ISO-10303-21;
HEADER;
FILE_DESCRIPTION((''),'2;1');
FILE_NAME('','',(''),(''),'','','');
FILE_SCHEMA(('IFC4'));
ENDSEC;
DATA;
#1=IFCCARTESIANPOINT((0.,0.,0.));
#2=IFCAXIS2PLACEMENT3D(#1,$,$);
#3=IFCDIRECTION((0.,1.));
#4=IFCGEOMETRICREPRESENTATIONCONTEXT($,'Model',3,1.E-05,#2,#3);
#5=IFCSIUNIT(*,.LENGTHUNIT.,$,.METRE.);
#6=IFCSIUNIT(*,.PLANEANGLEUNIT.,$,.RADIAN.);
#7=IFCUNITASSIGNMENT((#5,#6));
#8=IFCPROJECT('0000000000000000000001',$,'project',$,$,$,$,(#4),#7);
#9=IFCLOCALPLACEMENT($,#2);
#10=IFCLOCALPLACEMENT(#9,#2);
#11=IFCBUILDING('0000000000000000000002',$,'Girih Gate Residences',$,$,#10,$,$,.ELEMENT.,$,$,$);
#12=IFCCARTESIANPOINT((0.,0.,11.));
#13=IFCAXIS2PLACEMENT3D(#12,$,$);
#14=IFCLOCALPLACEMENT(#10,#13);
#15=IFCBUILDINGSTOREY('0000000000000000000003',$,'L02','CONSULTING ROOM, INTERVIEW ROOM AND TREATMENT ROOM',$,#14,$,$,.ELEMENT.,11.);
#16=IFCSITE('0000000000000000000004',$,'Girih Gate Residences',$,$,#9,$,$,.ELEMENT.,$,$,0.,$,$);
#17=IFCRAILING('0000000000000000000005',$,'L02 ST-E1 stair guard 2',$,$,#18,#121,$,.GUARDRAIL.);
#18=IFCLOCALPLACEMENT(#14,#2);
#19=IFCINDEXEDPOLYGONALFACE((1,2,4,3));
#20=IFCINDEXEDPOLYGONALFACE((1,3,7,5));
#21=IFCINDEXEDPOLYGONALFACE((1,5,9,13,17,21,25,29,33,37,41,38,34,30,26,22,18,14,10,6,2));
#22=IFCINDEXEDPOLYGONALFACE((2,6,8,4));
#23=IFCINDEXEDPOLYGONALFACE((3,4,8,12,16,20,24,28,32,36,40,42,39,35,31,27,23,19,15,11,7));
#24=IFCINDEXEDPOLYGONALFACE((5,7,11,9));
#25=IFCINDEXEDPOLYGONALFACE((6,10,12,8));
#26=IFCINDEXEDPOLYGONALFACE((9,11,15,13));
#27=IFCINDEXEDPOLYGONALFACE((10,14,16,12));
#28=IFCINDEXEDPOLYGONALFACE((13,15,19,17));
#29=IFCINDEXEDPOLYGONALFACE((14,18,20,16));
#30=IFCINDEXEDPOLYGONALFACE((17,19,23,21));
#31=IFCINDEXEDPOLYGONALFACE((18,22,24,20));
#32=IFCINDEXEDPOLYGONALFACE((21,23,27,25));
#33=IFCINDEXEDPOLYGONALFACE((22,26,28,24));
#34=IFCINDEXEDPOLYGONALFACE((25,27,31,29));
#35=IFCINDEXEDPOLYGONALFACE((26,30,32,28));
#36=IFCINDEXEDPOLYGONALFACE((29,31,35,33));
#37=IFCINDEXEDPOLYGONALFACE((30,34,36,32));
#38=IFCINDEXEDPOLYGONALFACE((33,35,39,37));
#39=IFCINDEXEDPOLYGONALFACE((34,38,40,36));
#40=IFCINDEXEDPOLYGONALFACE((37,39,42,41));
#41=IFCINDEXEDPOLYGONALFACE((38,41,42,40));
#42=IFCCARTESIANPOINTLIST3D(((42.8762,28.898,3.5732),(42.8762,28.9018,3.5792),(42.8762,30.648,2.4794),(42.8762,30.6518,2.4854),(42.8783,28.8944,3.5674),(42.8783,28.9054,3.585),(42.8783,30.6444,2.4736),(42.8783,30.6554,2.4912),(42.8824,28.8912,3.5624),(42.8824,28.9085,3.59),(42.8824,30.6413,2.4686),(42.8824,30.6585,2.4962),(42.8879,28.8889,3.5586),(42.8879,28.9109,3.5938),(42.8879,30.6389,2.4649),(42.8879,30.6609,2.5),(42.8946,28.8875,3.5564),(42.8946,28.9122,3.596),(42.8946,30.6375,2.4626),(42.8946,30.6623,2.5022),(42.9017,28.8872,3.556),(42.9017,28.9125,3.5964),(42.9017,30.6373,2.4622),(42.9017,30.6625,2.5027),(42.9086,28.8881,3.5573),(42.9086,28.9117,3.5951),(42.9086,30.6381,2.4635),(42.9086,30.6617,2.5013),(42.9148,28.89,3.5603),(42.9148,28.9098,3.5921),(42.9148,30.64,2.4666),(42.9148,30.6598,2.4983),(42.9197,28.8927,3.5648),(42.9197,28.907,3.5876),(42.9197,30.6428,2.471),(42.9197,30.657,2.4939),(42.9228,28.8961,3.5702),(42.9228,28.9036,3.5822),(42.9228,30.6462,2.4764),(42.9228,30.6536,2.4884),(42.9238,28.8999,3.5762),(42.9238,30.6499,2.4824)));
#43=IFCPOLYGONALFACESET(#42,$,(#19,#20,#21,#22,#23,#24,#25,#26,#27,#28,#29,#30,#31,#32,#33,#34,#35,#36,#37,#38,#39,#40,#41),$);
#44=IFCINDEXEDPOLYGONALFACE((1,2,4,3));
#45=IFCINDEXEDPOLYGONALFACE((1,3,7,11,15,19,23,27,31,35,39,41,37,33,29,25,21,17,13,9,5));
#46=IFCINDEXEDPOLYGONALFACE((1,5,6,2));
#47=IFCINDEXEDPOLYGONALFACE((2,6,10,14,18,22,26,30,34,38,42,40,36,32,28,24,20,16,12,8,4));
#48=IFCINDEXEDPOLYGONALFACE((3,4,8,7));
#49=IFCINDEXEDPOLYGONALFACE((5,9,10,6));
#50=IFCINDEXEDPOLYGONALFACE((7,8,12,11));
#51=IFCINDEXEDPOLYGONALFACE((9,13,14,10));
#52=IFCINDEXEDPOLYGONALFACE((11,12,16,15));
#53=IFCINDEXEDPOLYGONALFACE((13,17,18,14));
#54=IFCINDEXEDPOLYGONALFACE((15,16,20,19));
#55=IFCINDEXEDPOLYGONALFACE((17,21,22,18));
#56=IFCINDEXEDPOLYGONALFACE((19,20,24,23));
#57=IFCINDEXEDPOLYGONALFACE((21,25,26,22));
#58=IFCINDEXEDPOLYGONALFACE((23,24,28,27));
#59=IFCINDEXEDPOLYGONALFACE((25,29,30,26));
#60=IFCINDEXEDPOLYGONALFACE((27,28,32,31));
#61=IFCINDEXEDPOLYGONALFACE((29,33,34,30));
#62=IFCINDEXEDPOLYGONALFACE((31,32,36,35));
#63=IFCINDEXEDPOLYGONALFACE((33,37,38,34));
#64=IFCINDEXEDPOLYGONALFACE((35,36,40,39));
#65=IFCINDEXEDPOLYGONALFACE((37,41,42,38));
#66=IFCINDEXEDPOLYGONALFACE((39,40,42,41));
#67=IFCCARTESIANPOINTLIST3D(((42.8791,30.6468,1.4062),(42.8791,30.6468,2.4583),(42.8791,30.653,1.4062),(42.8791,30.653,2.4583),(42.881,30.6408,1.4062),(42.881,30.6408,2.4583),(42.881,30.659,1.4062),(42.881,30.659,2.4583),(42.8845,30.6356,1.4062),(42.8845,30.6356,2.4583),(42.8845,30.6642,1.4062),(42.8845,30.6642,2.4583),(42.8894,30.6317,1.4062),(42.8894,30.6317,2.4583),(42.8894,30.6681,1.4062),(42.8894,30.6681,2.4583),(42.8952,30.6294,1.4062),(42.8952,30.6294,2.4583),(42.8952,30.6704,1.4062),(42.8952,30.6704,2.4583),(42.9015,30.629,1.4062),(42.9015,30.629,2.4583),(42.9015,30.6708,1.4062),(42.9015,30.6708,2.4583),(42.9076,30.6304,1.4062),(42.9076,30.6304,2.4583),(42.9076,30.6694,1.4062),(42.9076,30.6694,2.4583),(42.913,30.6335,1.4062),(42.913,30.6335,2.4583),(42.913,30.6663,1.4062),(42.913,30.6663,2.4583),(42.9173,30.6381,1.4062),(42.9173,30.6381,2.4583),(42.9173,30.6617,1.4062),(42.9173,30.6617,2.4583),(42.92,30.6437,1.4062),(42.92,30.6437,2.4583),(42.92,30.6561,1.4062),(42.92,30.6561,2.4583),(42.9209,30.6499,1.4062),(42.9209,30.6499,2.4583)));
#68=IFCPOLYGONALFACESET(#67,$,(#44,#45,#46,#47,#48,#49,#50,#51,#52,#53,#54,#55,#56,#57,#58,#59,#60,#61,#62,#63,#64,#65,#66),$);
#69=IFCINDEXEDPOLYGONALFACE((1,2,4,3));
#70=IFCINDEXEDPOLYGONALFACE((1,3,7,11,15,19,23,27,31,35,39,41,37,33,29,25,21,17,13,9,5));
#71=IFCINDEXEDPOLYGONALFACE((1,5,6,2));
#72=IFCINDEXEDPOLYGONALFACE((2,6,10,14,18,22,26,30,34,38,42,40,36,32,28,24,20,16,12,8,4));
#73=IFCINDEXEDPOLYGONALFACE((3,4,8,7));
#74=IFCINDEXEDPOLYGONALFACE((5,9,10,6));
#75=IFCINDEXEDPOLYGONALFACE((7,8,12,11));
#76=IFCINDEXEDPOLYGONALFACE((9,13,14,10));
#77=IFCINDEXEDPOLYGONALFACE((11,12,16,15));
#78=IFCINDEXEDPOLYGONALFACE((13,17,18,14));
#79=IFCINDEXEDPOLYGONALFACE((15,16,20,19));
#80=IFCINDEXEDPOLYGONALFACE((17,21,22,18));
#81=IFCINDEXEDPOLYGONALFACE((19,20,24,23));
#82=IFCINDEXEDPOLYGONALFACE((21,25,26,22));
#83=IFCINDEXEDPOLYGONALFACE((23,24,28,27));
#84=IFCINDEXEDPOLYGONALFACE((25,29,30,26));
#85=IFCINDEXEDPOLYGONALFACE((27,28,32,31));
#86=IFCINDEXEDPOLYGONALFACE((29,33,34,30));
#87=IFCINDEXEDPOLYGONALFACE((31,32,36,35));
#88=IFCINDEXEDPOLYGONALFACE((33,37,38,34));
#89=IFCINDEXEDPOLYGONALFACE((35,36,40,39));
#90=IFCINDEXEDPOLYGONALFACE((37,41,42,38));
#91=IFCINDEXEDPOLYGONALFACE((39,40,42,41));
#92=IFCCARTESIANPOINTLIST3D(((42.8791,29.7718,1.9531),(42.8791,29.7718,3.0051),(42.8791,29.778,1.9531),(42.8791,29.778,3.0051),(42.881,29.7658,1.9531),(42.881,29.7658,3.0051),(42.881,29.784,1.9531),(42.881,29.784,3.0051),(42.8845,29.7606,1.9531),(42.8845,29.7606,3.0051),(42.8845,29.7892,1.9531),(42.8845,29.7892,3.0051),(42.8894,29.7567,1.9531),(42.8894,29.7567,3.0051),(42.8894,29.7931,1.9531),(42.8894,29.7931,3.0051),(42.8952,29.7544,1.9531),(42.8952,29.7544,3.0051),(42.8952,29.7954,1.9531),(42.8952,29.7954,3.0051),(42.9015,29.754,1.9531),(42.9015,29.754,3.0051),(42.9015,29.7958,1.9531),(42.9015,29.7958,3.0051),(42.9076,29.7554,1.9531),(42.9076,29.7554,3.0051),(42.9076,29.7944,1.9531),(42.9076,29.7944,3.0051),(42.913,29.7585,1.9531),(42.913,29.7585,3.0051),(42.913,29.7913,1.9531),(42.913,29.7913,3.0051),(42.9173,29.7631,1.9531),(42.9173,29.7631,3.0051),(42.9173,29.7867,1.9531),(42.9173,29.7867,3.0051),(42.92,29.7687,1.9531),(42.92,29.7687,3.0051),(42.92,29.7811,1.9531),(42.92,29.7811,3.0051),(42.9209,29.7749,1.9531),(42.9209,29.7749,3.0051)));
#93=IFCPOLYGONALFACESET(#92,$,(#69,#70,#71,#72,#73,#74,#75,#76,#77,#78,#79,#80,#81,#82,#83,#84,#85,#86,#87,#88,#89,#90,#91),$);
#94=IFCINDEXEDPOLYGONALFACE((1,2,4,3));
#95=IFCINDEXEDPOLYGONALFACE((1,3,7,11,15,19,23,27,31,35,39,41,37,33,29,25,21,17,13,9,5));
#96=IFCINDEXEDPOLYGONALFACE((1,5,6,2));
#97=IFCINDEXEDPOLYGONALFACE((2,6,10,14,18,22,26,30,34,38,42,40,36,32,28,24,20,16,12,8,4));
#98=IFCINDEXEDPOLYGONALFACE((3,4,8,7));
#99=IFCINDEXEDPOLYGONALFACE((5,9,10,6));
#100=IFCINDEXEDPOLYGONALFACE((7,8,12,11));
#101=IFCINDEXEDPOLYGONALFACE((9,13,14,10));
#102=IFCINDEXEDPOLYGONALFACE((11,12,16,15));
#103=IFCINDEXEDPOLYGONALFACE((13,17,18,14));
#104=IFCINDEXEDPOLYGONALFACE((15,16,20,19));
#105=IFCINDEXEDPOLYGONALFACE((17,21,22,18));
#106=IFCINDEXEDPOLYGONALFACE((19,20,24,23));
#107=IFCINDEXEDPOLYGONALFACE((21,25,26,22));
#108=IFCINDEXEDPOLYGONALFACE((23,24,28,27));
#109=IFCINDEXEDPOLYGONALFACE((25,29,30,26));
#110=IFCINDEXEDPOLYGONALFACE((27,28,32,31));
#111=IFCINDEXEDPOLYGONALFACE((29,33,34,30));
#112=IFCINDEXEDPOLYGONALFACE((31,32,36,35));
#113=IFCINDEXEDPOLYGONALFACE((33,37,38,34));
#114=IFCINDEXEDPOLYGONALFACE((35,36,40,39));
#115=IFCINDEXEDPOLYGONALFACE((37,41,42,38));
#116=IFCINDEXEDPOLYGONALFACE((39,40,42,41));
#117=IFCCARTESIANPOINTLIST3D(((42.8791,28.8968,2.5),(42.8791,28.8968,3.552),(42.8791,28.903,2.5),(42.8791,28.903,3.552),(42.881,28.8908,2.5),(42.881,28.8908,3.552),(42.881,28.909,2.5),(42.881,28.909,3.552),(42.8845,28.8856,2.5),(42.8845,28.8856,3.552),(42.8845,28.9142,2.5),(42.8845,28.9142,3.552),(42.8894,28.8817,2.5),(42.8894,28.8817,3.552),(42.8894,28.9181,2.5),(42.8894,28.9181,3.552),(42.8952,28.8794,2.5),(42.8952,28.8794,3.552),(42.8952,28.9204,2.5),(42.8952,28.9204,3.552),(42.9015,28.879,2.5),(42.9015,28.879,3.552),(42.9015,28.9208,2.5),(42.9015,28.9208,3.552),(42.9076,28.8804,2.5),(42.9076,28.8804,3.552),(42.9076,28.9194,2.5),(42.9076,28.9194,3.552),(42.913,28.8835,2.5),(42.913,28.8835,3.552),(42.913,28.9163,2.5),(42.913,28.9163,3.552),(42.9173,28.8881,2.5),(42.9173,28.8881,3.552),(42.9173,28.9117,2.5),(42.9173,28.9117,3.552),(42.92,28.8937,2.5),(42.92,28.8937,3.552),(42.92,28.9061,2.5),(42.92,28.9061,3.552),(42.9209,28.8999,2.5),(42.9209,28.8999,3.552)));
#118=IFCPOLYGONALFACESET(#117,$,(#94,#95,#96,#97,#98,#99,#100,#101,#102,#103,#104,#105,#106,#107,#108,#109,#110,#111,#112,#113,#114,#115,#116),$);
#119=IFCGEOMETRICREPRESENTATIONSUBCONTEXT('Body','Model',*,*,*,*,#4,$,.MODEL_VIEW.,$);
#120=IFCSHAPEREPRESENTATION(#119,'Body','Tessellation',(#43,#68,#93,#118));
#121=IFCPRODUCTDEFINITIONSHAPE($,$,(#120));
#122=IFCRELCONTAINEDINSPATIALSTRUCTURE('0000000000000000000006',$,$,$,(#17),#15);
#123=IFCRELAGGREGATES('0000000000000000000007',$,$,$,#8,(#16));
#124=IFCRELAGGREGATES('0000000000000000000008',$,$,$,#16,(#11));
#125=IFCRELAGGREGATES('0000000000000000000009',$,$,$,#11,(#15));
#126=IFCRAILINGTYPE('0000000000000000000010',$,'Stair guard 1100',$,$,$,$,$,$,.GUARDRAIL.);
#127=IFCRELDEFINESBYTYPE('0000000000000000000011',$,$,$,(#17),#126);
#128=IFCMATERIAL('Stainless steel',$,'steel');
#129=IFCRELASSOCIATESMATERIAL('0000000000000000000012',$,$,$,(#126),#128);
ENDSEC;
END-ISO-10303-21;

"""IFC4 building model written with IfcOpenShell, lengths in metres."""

from ifc_helpers import new_model, si_unit, direction, frame, origin, origin_2d, place, context, subcontext, project, spatial, circle, extrude, material, type_object, element, save


model = new_model("IFC4")

# Units and contexts
model_context = context("Model", 3, precision=1e-05, world=origin(), true_north=direction((0.0, 1.0)))
body_context = subcontext(model_context, "Body", "Model", "MODEL_VIEW")
ifc_project = project(units=[si_unit("LENGTHUNIT", "METRE"), si_unit("PLANEANGLEUNIT", "RADIAN")], contexts=[model_context])

# Site, building, storey
site_placement = place(None, origin())
site = spatial("IfcSite", under=ifc_project, at=site_placement, Name="Girih Gate Residences", CompositionType="ELEMENT", RefElevation=0.0)
building_placement = place(site_placement, origin())
building = spatial("IfcBuilding", under=site, at=building_placement, Name="Girih Gate Residences", CompositionType="ELEMENT")
storey_placement = place(building_placement, frame((0.0, 0.0, 11.0)))
storey = spatial("IfcBuildingStorey", under=building, at=storey_placement, Name="L02", Description="CONSULTING ROOM, INTERVIEW ROOM AND TREATMENT ROOM", CompositionType="ELEMENT", Elevation=11.0)

# Railing
ifc_material_1 = material(Name="Stainless steel", Category="steel")
railing_type_1 = type_object("IfcRailingType", Name="Stair guard 1100", PredefinedType="GUARDRAIL", material=ifc_material_1)
railing_1_placement = place(storey_placement, frame((42.8999, 30.6499, 1.4062)))
element("IfcRailing", 1, at=railing_1_placement, inside=storey, type_object=railing_type_1, Name="L02 ST-E1 stair guard 2", PredefinedType="GUARDRAIL", context=body_context, shape_type="SweptSolid", body=[
    extrude(circle(Radius=0.0239, at=origin_2d()), frame((0.0, 0.0, 1.0762), z_axis=(0.0, -0.847998, 0.529999), x_axis=(1.0, 0.0, 0.0)), (0.0, 0.0, 1.0), 2.0637),
    extrude(circle(Radius=0.021, at=origin_2d()), origin(), (0.0, 0.0, 1.0), 1.052),
    extrude(circle(Radius=0.021, at=origin_2d()), frame((0.0, -0.875, 0.5469)), (0.0, 0.0, 1.0), 1.052),
    extrude(circle(Radius=0.021, at=origin_2d()), frame((0.0, -1.75, 1.0938)), (0.0, 0.0, 1.0), 1.052),
])

save(model, "model.ifc")
